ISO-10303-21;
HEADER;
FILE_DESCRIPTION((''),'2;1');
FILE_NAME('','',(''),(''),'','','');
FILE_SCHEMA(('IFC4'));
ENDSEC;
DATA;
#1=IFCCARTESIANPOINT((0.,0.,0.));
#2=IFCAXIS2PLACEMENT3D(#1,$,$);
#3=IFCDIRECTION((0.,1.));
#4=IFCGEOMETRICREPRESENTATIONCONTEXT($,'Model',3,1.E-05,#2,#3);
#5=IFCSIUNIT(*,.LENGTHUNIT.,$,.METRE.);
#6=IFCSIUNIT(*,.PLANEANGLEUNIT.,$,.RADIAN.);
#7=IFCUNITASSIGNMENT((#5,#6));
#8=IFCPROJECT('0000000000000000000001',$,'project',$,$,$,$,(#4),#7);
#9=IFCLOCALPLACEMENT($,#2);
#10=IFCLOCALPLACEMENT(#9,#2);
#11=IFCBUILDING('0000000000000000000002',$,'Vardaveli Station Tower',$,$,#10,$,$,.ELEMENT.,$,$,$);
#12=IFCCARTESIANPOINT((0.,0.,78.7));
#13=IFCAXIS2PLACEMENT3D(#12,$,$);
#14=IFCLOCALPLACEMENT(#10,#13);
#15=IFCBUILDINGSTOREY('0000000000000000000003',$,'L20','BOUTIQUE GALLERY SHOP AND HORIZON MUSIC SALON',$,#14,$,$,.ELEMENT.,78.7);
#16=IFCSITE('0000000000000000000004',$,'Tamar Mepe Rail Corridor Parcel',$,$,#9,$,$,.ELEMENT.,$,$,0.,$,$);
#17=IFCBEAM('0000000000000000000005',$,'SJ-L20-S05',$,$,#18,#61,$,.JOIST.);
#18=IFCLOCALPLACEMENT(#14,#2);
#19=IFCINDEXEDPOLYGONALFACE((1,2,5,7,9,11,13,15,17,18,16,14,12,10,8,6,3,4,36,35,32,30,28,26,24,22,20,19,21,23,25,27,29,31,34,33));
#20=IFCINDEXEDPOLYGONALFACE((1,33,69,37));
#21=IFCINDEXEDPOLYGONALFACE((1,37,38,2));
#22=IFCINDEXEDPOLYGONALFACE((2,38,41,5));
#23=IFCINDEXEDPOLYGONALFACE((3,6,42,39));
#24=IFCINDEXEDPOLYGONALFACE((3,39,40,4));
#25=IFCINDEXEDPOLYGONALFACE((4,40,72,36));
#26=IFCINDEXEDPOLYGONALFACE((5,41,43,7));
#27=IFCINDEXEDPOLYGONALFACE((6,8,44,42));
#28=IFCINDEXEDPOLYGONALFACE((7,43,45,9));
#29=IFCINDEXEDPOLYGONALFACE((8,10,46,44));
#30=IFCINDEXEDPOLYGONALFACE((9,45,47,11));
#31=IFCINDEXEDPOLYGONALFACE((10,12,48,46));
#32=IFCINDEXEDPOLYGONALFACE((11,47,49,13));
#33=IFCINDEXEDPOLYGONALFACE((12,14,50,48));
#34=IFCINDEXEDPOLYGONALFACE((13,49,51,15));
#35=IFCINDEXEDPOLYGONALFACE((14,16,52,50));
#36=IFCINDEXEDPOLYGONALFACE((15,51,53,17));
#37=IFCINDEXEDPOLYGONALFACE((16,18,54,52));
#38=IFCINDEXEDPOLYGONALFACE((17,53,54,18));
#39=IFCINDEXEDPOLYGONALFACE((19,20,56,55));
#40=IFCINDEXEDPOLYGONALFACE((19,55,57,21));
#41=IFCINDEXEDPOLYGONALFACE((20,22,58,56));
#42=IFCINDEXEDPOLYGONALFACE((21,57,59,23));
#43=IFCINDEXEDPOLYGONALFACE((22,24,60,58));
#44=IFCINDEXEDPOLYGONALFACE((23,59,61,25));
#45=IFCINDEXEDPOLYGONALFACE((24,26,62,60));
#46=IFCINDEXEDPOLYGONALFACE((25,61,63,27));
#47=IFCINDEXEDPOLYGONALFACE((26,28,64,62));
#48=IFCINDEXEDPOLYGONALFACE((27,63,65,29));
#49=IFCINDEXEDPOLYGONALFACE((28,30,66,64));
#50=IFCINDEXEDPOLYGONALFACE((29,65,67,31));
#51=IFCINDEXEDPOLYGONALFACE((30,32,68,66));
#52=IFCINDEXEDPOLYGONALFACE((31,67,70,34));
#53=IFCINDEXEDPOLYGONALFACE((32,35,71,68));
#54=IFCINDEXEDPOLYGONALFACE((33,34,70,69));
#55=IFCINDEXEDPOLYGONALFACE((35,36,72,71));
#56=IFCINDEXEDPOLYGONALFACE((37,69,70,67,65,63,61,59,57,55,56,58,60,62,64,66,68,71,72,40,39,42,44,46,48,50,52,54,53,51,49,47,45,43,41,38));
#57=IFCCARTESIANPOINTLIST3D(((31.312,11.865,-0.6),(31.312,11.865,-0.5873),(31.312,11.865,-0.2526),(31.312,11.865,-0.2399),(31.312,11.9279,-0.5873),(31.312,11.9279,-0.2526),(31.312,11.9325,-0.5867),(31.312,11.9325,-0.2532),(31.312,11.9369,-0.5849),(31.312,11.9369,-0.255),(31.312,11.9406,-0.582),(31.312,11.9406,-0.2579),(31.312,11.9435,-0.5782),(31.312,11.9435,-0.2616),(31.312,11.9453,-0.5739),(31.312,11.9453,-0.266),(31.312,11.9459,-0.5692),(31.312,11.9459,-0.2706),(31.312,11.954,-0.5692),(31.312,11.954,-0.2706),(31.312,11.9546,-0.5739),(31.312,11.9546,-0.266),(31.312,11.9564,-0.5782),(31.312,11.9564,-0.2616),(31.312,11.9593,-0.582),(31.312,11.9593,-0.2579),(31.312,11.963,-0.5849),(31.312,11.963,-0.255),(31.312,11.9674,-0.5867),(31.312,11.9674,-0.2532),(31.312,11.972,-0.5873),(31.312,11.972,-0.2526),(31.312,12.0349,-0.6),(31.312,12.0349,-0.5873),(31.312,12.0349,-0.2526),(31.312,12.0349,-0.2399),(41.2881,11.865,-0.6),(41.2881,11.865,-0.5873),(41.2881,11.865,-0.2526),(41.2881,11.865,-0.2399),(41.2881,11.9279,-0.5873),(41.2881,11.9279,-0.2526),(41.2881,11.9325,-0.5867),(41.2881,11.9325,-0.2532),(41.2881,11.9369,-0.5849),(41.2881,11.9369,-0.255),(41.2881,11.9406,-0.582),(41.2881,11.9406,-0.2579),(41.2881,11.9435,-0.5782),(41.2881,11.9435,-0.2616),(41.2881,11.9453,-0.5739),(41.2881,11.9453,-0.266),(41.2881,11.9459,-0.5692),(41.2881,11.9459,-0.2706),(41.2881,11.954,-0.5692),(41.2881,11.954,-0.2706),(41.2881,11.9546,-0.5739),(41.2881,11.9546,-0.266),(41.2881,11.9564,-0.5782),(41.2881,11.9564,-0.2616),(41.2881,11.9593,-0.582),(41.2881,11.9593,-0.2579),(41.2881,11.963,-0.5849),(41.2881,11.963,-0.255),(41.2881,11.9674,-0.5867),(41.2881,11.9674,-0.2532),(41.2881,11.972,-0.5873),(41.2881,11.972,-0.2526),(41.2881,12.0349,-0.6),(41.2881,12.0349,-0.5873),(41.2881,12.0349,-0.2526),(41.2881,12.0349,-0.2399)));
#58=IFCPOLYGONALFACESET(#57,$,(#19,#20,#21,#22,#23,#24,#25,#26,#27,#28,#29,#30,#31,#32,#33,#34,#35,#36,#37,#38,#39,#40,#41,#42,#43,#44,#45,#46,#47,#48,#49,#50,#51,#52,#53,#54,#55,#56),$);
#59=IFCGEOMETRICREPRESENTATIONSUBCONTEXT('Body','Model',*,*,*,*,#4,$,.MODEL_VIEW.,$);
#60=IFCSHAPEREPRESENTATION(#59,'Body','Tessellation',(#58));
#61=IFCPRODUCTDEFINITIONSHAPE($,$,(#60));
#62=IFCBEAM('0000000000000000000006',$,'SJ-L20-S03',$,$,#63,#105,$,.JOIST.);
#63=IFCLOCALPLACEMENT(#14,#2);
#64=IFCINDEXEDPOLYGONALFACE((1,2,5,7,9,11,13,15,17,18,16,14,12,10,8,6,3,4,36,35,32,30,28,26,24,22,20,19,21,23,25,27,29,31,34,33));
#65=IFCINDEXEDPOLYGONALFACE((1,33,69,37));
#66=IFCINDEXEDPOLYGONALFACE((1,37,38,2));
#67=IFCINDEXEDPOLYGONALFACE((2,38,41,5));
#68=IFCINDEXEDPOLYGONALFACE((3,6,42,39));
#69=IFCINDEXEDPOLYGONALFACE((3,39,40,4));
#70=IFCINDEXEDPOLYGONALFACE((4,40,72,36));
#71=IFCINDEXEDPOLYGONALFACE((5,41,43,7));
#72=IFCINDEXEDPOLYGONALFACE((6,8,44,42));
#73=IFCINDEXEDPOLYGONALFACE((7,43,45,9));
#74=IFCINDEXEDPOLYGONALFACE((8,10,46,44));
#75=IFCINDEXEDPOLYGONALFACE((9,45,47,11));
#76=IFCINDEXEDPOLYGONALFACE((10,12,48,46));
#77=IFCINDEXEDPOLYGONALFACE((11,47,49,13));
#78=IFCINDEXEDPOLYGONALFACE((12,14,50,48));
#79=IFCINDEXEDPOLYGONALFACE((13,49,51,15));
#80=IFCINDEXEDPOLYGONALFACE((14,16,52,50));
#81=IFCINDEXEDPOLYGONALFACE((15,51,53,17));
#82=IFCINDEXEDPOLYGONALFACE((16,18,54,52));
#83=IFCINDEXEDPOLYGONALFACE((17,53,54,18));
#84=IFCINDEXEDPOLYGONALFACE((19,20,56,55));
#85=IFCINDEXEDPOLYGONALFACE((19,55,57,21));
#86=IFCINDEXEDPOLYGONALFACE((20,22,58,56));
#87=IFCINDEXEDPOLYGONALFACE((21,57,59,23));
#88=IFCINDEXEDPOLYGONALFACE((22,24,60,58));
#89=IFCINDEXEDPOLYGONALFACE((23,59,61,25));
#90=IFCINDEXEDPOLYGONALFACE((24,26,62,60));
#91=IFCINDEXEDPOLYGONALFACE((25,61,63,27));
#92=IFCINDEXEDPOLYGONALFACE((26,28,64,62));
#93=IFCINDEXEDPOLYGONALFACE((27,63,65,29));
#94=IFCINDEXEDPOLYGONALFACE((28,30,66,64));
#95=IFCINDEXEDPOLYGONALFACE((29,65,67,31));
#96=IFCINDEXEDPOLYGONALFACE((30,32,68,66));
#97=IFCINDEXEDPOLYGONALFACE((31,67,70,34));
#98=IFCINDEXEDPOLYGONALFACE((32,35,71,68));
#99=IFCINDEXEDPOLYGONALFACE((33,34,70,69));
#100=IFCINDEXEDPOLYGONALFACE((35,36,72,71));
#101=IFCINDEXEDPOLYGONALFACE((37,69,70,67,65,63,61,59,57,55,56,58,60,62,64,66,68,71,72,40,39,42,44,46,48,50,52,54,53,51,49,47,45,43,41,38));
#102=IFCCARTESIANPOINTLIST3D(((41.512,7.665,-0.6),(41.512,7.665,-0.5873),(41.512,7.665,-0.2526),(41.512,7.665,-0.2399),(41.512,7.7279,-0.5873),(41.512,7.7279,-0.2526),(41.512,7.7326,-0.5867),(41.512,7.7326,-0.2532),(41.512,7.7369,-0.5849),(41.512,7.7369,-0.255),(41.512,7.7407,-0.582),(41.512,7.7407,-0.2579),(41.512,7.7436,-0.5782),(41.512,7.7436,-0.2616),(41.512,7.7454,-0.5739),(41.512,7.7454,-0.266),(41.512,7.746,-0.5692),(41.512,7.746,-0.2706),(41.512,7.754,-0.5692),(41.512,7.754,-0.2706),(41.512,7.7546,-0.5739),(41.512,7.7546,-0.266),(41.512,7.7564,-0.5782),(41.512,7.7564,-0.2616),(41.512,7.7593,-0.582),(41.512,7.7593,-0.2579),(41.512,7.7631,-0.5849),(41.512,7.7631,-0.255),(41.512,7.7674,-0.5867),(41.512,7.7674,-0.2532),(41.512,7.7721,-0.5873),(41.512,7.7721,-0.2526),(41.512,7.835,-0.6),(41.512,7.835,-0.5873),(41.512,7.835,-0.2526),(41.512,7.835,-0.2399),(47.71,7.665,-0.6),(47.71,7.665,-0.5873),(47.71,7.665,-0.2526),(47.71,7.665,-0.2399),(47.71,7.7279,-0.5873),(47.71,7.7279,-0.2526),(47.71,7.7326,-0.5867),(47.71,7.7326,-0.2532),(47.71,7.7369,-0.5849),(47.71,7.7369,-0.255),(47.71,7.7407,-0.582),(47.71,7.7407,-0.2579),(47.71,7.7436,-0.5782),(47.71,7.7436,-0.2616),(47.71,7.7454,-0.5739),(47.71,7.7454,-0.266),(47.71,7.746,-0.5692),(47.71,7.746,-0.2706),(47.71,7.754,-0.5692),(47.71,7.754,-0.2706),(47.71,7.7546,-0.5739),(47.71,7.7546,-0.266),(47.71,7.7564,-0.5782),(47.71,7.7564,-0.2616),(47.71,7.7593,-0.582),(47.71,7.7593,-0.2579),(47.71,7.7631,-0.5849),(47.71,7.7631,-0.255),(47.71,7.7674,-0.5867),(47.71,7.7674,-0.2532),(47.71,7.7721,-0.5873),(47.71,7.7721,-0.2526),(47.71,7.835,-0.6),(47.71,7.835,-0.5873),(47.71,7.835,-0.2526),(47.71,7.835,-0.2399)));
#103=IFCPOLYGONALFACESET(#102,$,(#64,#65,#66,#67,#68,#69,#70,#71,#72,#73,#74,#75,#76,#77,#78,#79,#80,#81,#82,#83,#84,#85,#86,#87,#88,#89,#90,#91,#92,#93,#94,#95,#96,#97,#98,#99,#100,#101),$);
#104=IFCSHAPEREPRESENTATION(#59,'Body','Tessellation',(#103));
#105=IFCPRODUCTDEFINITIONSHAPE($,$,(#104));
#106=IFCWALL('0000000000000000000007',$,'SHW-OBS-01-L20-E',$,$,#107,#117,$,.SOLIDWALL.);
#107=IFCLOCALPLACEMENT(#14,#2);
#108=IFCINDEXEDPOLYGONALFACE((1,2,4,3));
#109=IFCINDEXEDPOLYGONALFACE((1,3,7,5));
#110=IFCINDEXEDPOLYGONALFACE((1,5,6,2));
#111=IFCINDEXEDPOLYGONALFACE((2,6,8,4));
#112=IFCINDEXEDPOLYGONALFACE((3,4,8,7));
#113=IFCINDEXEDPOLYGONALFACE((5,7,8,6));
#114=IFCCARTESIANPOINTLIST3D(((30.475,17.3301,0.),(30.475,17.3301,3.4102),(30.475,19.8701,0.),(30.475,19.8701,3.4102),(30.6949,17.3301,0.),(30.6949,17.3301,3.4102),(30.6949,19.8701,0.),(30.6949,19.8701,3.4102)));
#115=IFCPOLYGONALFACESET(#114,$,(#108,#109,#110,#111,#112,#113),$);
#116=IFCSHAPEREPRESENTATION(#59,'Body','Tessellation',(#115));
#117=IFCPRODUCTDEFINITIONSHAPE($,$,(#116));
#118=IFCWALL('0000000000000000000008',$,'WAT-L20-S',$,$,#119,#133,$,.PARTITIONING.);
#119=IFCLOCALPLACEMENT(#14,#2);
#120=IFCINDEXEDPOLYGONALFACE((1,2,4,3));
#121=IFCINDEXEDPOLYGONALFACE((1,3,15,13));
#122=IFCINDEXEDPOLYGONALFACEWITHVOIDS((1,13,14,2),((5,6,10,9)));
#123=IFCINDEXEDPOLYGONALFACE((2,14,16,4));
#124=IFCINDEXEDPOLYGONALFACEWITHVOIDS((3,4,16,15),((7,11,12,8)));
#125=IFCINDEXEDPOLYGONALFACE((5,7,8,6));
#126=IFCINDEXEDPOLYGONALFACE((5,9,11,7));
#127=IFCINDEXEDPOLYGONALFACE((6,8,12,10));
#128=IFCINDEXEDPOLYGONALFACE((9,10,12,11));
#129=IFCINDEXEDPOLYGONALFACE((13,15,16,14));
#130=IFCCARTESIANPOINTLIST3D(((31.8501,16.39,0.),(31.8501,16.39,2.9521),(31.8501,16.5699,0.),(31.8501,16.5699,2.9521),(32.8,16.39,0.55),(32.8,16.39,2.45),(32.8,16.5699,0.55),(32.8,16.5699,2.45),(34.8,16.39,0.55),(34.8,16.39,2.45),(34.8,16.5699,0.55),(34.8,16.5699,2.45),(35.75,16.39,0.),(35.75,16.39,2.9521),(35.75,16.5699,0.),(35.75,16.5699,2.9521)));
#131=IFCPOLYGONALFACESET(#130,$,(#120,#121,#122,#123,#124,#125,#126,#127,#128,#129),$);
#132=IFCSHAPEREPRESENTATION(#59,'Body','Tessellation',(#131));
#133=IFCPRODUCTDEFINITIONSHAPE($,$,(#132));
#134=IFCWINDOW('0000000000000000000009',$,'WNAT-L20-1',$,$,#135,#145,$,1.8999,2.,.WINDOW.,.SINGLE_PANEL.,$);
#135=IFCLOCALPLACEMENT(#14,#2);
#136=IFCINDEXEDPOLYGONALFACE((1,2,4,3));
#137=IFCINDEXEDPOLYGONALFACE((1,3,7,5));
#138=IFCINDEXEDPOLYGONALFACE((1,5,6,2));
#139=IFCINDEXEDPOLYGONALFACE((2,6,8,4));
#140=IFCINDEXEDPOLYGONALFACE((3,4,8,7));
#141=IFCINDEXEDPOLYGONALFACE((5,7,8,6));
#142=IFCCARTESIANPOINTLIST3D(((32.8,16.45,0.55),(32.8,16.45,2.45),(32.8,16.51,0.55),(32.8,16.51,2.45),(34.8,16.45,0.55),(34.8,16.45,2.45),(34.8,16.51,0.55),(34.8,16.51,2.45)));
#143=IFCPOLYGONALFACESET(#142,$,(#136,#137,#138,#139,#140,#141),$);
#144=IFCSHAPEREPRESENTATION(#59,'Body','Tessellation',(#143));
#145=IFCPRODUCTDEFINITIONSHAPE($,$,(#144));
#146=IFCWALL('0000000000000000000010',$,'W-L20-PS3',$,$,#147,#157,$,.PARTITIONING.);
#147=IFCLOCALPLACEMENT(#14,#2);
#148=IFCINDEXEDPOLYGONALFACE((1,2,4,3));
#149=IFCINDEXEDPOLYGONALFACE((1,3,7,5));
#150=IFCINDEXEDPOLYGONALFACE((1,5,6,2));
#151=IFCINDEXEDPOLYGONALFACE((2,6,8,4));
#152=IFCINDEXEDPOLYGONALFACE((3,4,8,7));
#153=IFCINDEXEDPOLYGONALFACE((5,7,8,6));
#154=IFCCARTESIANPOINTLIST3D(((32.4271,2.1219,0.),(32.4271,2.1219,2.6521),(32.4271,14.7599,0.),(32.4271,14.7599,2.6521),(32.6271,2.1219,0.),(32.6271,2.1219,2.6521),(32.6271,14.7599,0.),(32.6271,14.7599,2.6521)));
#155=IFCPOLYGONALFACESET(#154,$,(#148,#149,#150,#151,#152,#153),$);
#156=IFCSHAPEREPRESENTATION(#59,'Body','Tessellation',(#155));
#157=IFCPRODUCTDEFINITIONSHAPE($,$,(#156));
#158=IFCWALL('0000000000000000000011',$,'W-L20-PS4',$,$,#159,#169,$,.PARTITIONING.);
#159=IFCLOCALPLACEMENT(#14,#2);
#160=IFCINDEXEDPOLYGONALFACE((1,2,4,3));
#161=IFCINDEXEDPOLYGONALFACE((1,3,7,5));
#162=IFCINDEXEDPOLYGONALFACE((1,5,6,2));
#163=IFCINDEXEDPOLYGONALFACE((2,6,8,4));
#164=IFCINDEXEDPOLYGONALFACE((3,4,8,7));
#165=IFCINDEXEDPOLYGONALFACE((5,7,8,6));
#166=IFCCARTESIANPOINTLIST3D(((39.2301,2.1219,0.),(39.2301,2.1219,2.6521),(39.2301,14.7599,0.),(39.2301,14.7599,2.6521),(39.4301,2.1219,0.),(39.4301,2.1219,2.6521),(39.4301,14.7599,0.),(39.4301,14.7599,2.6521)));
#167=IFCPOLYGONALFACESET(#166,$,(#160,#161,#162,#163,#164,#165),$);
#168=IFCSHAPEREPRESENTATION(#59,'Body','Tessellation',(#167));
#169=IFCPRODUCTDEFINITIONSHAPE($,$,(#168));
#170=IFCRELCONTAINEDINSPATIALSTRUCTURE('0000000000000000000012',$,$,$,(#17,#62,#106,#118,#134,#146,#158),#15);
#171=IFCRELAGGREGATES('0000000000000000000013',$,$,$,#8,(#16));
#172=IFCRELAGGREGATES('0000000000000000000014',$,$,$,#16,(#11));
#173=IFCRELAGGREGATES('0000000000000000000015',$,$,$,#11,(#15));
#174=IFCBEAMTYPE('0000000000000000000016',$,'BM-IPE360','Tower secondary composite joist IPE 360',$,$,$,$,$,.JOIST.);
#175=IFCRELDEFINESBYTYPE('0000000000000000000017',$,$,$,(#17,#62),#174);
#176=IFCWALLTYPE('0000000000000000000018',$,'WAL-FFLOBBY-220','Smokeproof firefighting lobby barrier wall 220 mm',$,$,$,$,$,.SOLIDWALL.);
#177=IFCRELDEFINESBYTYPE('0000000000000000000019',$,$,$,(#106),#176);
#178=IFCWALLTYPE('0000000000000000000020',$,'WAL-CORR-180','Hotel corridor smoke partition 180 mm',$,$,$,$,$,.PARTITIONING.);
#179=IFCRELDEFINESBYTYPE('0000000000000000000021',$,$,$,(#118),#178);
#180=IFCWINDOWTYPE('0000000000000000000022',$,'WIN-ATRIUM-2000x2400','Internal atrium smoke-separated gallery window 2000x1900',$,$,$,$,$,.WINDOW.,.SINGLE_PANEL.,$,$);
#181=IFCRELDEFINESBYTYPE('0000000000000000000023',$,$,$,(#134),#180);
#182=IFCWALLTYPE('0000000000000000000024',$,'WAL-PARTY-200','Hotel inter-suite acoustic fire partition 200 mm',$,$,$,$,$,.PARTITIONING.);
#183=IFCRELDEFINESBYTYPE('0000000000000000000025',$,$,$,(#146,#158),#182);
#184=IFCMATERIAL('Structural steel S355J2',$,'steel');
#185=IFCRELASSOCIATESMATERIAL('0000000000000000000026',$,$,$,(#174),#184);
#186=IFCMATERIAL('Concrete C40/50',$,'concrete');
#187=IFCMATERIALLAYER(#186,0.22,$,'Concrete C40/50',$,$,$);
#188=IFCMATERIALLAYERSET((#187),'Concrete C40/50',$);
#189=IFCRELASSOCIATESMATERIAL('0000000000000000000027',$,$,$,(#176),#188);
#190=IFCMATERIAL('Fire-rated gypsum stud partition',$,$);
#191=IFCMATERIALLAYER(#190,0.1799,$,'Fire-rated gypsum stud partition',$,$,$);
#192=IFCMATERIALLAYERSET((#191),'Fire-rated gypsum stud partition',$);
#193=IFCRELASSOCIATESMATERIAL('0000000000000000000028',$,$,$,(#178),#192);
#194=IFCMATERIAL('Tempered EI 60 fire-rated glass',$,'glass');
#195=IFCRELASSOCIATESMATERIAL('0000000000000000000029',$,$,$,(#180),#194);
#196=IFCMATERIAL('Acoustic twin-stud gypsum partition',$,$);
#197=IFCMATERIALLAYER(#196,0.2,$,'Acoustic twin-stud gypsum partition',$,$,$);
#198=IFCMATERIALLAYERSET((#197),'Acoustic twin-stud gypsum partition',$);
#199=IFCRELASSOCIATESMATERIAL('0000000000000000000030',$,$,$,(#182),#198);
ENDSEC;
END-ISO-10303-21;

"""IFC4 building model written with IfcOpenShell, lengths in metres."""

from ifc_helpers import new_model, si_unit, direction, frame, frame_2d, origin, origin_2d, place, context, subcontext, project, spatial, rectangle, i_section, extrude, source, transform, mapped, material, layer, layer_set, material_profile, profile_set, type_object, element, fill, save


model = new_model("IFC4")

# Units and contexts
model_context = context("Model", 3, precision=1e-05, world=origin(), true_north=direction((0.0, 1.0)))
body_context = subcontext(model_context, "Body", "Model", "MODEL_VIEW")
ifc_project = project(units=[si_unit("LENGTHUNIT", "METRE"), si_unit("PLANEANGLEUNIT", "RADIAN")], contexts=[model_context])

# Site, building, storey
site_placement = place(None, origin())
site = spatial("IfcSite", under=ifc_project, at=site_placement, Name="Tamar Mepe Rail Corridor Parcel", CompositionType="ELEMENT", RefElevation=0.0)
building_placement = place(site_placement, origin())
building = spatial("IfcBuilding", under=site, at=building_placement, Name="Vardaveli Station Tower", CompositionType="ELEMENT")
storey_placement = place(building_placement, frame((0.0, 0.0, 78.7)))
storey = spatial("IfcBuildingStorey", under=building, at=storey_placement, Name="L20", Description="BOUTIQUE GALLERY SHOP AND HORIZON MUSIC SALON", CompositionType="ELEMENT", Elevation=78.7)

# Beams
ifc_material_1 = material(Name="Structural steel S355J2", Category="steel")
ifc_material_profile_1 = material_profile(ifc_material_1, i_section(OverallWidth=0.1699, OverallDepth=0.3601, WebThickness=0.0081, FlangeThickness=0.0127, FilletRadius=0.0181, at=origin_2d()), Name="IPE 360")
ifc_profile_set_1 = profile_set([ifc_material_profile_1], Name="Structural steel S355J2")
beam_type_1 = type_object("IfcBeamType", Name="BM-IPE360", Description="Tower secondary composite joist IPE 360", PredefinedType="JOIST", material=ifc_profile_set_1)
shared_shape_1 = source(origin(), body_context, "Body", "SweptSolid", [
    extrude(i_section(OverallWidth=0.1699, OverallDepth=0.3601, WebThickness=0.0081, FlangeThickness=0.0127, FilletRadius=0.0181, at=origin_2d()), origin(), (0.0, 0.0, 1.0), 9.9761),
])
for number, where, z_axis, x_axis, name in (
    (1, (31.312, 11.95, -0.4199), (1.0, 0.0, 0.0), (0.0, 1.0, 0.0), "SJ-L20-S05"),
):
    element("IfcBeam", number, at=place(storey_placement, frame(where, z_axis=z_axis, x_axis=x_axis)), inside=storey, type_object=beam_type_1, Name=name, PredefinedType="JOIST", context=body_context, shape_type="MappedRepresentation", body=[
        mapped(shared_shape_1, transform((0.0, 0.0, 0.0), scale=1.0)),
    ])
shared_shape_2 = source(origin(), body_context, "Body", "SweptSolid", [
    extrude(i_section(OverallWidth=0.1699, OverallDepth=0.3601, WebThickness=0.0081, FlangeThickness=0.0127, FilletRadius=0.0181, at=origin_2d()), origin(), (0.0, 0.0, 1.0), 6.198),
])
beam_1_placement = place(storey_placement, frame((41.512, 7.75, -0.4199), z_axis=(1.0, 0.0, 0.0), x_axis=(0.0, 1.0, 0.0)))
element("IfcBeam", 2, at=beam_1_placement, inside=storey, type_object=beam_type_1, Name="SJ-L20-S03", PredefinedType="JOIST", context=body_context, shape_type="MappedRepresentation", body=[
    mapped(shared_shape_2, transform((0.0, 0.0, 0.0), scale=1.0)),
])

# Wall
ifc_material_2 = material(Name="Concrete C40/50", Category="concrete")
ifc_layer_1 = layer(ifc_material_2, 0.22, Name="Concrete C40/50")
ifc_layer_set_1 = layer_set([ifc_layer_1], Name="Concrete C40/50")
wall_type_1 = type_object("IfcWallType", Name="WAL-FFLOBBY-220", Description="Smokeproof firefighting lobby barrier wall 220 mm", PredefinedType="SOLIDWALL", material=ifc_layer_set_1)
shared_shape_3 = source(origin(), body_context, "Body", "SweptSolid", [
    extrude(rectangle(XDim=2.54, YDim=0.22, at=frame_2d((1.27, 0.0))), origin(), (0.0, 0.0, 1.0), 3.4102),
])
wall_1_placement = place(storey_placement, frame((30.585, 17.3301, 0.0), z_axis=(0.0, 0.0, 1.0), x_axis=(0.0, 1.0, 0.0)))
element("IfcWall", 3, at=wall_1_placement, inside=storey, type_object=wall_type_1, Name="SHW-OBS-01-L20-E", PredefinedType="SOLIDWALL", context=body_context, shape_type="MappedRepresentation", body=[
    mapped(shared_shape_3, transform((0.0, 0.0, 0.0), scale=1.0)),
])

# Wall, opening, window
ifc_material_3 = material(Name="Fire-rated gypsum stud partition")
ifc_layer_2 = layer(ifc_material_3, 0.1799, Name="Fire-rated gypsum stud partition")
ifc_layer_set_2 = layer_set([ifc_layer_2], Name="Fire-rated gypsum stud partition")
wall_type_2 = type_object("IfcWallType", Name="WAL-CORR-180", Description="Hotel corridor smoke partition 180 mm", PredefinedType="PARTITIONING", material=ifc_layer_set_2)
shared_shape_4 = source(origin(), body_context, "Body", "SweptSolid", [
    extrude(rectangle(XDim=3.8999, YDim=0.1799, at=frame_2d((1.95, 0.0))), origin(), (0.0, 0.0, 1.0), 2.9521),
])
wall_2_placement = place(storey_placement, frame((31.8501, 16.48, 0.0), z_axis=(0.0, 0.0, 1.0), x_axis=(1.0, 0.0, 0.0)))
wall_2 = element("IfcWall", 4, at=wall_2_placement, inside=storey, type_object=wall_type_2, Name="WAT-L20-S", PredefinedType="PARTITIONING", context=body_context, shape_type="MappedRepresentation", body=[
    mapped(shared_shape_4, transform((0.0, 0.0, 0.0), scale=1.0)),
])
shared_shape_5 = source(origin(), body_context, "Body", "SweptSolid", [
    extrude(rectangle(XDim=2.0, YDim=1.8999, at=frame_2d((1.0, 0.95))), frame((0.0, 0.1001, 0.0), z_axis=(0.0, -1.0, 0.0), x_axis=(1.0, 0.0, 0.0)), (0.0, 0.0, 1.0), 0.2),
])
opening_placement = place(wall_2_placement, frame((0.95, 0.0, 0.55)))
opening = element("IfcOpeningElement", 5, at=opening_placement, cuts=wall_2, PredefinedType="OPENING", context=body_context, shape_type="MappedRepresentation", body=[
    mapped(shared_shape_5, transform((0.0, 0.0, 0.0), scale=1.0)),
])
ifc_material_4 = material(Name="Tempered EI 60 fire-rated glass", Category="glass")
window_type = type_object("IfcWindowType", Name="WIN-ATRIUM-2000x2400", Description="Internal atrium smoke-separated gallery window 2000x1900", PartitioningType="SINGLE_PANEL", PredefinedType="WINDOW", material=ifc_material_4)
shared_shape_6 = source(origin(), body_context, "Body", "SweptSolid", [
    extrude(rectangle(XDim=2.0, YDim=1.8999, at=frame_2d((1.0, 0.95))), frame((0.0, 0.03, 0.0), z_axis=(0.0, -1.0, 0.0), x_axis=(1.0, 0.0, 0.0)), (0.0, 0.0, 1.0), 0.0601),
])
window_placement = place(opening_placement, origin())
window = element("IfcWindow", 6, at=window_placement, inside=storey, type_object=window_type, Name="WNAT-L20-1", OverallHeight=1.8999, OverallWidth=2.0, PartitioningType="SINGLE_PANEL", PredefinedType="WINDOW", context=body_context, shape_type="MappedRepresentation", body=[
    mapped(shared_shape_6, transform((0.0, 0.0, 0.0), scale=1.0)),
])
fill(opening, window)

# Walls
ifc_material_5 = material(Name="Acoustic twin-stud gypsum partition")
ifc_layer_3 = layer(ifc_material_5, 0.2, Name="Acoustic twin-stud gypsum partition")
ifc_layer_set_3 = layer_set([ifc_layer_3], Name="Acoustic twin-stud gypsum partition")
wall_type_3 = type_object("IfcWallType", Name="WAL-PARTY-200", Description="Hotel inter-suite acoustic fire partition 200 mm", PredefinedType="PARTITIONING", material=ifc_layer_set_3)
shared_shape_7 = source(origin(), body_context, "Body", "SweptSolid", [
    extrude(rectangle(XDim=12.6379, YDim=0.2, at=frame_2d((6.3188, 0.0))), origin(), (0.0, 0.0, 1.0), 2.6521),
])
for number, where, z_axis, x_axis, name in (
    (7, (32.5271, 2.1221, 0.0), (0.0, 0.0, 1.0), (0.0, 1.0, 0.0), "W-L20-PS3"),
    (8, (39.3301, 2.1221, 0.0), (0.0, 0.0, 1.0), (0.0, 1.0, 0.0), "W-L20-PS4"),
):
    element("IfcWall", number, at=place(storey_placement, frame(where, z_axis=z_axis, x_axis=x_axis)), inside=storey, type_object=wall_type_3, Name=name, PredefinedType="PARTITIONING", context=body_context, shape_type="MappedRepresentation", body=[
        mapped(shared_shape_7, transform((0.0, 0.0, 0.0), scale=1.0)),
    ])

save(model, "model.ifc")
